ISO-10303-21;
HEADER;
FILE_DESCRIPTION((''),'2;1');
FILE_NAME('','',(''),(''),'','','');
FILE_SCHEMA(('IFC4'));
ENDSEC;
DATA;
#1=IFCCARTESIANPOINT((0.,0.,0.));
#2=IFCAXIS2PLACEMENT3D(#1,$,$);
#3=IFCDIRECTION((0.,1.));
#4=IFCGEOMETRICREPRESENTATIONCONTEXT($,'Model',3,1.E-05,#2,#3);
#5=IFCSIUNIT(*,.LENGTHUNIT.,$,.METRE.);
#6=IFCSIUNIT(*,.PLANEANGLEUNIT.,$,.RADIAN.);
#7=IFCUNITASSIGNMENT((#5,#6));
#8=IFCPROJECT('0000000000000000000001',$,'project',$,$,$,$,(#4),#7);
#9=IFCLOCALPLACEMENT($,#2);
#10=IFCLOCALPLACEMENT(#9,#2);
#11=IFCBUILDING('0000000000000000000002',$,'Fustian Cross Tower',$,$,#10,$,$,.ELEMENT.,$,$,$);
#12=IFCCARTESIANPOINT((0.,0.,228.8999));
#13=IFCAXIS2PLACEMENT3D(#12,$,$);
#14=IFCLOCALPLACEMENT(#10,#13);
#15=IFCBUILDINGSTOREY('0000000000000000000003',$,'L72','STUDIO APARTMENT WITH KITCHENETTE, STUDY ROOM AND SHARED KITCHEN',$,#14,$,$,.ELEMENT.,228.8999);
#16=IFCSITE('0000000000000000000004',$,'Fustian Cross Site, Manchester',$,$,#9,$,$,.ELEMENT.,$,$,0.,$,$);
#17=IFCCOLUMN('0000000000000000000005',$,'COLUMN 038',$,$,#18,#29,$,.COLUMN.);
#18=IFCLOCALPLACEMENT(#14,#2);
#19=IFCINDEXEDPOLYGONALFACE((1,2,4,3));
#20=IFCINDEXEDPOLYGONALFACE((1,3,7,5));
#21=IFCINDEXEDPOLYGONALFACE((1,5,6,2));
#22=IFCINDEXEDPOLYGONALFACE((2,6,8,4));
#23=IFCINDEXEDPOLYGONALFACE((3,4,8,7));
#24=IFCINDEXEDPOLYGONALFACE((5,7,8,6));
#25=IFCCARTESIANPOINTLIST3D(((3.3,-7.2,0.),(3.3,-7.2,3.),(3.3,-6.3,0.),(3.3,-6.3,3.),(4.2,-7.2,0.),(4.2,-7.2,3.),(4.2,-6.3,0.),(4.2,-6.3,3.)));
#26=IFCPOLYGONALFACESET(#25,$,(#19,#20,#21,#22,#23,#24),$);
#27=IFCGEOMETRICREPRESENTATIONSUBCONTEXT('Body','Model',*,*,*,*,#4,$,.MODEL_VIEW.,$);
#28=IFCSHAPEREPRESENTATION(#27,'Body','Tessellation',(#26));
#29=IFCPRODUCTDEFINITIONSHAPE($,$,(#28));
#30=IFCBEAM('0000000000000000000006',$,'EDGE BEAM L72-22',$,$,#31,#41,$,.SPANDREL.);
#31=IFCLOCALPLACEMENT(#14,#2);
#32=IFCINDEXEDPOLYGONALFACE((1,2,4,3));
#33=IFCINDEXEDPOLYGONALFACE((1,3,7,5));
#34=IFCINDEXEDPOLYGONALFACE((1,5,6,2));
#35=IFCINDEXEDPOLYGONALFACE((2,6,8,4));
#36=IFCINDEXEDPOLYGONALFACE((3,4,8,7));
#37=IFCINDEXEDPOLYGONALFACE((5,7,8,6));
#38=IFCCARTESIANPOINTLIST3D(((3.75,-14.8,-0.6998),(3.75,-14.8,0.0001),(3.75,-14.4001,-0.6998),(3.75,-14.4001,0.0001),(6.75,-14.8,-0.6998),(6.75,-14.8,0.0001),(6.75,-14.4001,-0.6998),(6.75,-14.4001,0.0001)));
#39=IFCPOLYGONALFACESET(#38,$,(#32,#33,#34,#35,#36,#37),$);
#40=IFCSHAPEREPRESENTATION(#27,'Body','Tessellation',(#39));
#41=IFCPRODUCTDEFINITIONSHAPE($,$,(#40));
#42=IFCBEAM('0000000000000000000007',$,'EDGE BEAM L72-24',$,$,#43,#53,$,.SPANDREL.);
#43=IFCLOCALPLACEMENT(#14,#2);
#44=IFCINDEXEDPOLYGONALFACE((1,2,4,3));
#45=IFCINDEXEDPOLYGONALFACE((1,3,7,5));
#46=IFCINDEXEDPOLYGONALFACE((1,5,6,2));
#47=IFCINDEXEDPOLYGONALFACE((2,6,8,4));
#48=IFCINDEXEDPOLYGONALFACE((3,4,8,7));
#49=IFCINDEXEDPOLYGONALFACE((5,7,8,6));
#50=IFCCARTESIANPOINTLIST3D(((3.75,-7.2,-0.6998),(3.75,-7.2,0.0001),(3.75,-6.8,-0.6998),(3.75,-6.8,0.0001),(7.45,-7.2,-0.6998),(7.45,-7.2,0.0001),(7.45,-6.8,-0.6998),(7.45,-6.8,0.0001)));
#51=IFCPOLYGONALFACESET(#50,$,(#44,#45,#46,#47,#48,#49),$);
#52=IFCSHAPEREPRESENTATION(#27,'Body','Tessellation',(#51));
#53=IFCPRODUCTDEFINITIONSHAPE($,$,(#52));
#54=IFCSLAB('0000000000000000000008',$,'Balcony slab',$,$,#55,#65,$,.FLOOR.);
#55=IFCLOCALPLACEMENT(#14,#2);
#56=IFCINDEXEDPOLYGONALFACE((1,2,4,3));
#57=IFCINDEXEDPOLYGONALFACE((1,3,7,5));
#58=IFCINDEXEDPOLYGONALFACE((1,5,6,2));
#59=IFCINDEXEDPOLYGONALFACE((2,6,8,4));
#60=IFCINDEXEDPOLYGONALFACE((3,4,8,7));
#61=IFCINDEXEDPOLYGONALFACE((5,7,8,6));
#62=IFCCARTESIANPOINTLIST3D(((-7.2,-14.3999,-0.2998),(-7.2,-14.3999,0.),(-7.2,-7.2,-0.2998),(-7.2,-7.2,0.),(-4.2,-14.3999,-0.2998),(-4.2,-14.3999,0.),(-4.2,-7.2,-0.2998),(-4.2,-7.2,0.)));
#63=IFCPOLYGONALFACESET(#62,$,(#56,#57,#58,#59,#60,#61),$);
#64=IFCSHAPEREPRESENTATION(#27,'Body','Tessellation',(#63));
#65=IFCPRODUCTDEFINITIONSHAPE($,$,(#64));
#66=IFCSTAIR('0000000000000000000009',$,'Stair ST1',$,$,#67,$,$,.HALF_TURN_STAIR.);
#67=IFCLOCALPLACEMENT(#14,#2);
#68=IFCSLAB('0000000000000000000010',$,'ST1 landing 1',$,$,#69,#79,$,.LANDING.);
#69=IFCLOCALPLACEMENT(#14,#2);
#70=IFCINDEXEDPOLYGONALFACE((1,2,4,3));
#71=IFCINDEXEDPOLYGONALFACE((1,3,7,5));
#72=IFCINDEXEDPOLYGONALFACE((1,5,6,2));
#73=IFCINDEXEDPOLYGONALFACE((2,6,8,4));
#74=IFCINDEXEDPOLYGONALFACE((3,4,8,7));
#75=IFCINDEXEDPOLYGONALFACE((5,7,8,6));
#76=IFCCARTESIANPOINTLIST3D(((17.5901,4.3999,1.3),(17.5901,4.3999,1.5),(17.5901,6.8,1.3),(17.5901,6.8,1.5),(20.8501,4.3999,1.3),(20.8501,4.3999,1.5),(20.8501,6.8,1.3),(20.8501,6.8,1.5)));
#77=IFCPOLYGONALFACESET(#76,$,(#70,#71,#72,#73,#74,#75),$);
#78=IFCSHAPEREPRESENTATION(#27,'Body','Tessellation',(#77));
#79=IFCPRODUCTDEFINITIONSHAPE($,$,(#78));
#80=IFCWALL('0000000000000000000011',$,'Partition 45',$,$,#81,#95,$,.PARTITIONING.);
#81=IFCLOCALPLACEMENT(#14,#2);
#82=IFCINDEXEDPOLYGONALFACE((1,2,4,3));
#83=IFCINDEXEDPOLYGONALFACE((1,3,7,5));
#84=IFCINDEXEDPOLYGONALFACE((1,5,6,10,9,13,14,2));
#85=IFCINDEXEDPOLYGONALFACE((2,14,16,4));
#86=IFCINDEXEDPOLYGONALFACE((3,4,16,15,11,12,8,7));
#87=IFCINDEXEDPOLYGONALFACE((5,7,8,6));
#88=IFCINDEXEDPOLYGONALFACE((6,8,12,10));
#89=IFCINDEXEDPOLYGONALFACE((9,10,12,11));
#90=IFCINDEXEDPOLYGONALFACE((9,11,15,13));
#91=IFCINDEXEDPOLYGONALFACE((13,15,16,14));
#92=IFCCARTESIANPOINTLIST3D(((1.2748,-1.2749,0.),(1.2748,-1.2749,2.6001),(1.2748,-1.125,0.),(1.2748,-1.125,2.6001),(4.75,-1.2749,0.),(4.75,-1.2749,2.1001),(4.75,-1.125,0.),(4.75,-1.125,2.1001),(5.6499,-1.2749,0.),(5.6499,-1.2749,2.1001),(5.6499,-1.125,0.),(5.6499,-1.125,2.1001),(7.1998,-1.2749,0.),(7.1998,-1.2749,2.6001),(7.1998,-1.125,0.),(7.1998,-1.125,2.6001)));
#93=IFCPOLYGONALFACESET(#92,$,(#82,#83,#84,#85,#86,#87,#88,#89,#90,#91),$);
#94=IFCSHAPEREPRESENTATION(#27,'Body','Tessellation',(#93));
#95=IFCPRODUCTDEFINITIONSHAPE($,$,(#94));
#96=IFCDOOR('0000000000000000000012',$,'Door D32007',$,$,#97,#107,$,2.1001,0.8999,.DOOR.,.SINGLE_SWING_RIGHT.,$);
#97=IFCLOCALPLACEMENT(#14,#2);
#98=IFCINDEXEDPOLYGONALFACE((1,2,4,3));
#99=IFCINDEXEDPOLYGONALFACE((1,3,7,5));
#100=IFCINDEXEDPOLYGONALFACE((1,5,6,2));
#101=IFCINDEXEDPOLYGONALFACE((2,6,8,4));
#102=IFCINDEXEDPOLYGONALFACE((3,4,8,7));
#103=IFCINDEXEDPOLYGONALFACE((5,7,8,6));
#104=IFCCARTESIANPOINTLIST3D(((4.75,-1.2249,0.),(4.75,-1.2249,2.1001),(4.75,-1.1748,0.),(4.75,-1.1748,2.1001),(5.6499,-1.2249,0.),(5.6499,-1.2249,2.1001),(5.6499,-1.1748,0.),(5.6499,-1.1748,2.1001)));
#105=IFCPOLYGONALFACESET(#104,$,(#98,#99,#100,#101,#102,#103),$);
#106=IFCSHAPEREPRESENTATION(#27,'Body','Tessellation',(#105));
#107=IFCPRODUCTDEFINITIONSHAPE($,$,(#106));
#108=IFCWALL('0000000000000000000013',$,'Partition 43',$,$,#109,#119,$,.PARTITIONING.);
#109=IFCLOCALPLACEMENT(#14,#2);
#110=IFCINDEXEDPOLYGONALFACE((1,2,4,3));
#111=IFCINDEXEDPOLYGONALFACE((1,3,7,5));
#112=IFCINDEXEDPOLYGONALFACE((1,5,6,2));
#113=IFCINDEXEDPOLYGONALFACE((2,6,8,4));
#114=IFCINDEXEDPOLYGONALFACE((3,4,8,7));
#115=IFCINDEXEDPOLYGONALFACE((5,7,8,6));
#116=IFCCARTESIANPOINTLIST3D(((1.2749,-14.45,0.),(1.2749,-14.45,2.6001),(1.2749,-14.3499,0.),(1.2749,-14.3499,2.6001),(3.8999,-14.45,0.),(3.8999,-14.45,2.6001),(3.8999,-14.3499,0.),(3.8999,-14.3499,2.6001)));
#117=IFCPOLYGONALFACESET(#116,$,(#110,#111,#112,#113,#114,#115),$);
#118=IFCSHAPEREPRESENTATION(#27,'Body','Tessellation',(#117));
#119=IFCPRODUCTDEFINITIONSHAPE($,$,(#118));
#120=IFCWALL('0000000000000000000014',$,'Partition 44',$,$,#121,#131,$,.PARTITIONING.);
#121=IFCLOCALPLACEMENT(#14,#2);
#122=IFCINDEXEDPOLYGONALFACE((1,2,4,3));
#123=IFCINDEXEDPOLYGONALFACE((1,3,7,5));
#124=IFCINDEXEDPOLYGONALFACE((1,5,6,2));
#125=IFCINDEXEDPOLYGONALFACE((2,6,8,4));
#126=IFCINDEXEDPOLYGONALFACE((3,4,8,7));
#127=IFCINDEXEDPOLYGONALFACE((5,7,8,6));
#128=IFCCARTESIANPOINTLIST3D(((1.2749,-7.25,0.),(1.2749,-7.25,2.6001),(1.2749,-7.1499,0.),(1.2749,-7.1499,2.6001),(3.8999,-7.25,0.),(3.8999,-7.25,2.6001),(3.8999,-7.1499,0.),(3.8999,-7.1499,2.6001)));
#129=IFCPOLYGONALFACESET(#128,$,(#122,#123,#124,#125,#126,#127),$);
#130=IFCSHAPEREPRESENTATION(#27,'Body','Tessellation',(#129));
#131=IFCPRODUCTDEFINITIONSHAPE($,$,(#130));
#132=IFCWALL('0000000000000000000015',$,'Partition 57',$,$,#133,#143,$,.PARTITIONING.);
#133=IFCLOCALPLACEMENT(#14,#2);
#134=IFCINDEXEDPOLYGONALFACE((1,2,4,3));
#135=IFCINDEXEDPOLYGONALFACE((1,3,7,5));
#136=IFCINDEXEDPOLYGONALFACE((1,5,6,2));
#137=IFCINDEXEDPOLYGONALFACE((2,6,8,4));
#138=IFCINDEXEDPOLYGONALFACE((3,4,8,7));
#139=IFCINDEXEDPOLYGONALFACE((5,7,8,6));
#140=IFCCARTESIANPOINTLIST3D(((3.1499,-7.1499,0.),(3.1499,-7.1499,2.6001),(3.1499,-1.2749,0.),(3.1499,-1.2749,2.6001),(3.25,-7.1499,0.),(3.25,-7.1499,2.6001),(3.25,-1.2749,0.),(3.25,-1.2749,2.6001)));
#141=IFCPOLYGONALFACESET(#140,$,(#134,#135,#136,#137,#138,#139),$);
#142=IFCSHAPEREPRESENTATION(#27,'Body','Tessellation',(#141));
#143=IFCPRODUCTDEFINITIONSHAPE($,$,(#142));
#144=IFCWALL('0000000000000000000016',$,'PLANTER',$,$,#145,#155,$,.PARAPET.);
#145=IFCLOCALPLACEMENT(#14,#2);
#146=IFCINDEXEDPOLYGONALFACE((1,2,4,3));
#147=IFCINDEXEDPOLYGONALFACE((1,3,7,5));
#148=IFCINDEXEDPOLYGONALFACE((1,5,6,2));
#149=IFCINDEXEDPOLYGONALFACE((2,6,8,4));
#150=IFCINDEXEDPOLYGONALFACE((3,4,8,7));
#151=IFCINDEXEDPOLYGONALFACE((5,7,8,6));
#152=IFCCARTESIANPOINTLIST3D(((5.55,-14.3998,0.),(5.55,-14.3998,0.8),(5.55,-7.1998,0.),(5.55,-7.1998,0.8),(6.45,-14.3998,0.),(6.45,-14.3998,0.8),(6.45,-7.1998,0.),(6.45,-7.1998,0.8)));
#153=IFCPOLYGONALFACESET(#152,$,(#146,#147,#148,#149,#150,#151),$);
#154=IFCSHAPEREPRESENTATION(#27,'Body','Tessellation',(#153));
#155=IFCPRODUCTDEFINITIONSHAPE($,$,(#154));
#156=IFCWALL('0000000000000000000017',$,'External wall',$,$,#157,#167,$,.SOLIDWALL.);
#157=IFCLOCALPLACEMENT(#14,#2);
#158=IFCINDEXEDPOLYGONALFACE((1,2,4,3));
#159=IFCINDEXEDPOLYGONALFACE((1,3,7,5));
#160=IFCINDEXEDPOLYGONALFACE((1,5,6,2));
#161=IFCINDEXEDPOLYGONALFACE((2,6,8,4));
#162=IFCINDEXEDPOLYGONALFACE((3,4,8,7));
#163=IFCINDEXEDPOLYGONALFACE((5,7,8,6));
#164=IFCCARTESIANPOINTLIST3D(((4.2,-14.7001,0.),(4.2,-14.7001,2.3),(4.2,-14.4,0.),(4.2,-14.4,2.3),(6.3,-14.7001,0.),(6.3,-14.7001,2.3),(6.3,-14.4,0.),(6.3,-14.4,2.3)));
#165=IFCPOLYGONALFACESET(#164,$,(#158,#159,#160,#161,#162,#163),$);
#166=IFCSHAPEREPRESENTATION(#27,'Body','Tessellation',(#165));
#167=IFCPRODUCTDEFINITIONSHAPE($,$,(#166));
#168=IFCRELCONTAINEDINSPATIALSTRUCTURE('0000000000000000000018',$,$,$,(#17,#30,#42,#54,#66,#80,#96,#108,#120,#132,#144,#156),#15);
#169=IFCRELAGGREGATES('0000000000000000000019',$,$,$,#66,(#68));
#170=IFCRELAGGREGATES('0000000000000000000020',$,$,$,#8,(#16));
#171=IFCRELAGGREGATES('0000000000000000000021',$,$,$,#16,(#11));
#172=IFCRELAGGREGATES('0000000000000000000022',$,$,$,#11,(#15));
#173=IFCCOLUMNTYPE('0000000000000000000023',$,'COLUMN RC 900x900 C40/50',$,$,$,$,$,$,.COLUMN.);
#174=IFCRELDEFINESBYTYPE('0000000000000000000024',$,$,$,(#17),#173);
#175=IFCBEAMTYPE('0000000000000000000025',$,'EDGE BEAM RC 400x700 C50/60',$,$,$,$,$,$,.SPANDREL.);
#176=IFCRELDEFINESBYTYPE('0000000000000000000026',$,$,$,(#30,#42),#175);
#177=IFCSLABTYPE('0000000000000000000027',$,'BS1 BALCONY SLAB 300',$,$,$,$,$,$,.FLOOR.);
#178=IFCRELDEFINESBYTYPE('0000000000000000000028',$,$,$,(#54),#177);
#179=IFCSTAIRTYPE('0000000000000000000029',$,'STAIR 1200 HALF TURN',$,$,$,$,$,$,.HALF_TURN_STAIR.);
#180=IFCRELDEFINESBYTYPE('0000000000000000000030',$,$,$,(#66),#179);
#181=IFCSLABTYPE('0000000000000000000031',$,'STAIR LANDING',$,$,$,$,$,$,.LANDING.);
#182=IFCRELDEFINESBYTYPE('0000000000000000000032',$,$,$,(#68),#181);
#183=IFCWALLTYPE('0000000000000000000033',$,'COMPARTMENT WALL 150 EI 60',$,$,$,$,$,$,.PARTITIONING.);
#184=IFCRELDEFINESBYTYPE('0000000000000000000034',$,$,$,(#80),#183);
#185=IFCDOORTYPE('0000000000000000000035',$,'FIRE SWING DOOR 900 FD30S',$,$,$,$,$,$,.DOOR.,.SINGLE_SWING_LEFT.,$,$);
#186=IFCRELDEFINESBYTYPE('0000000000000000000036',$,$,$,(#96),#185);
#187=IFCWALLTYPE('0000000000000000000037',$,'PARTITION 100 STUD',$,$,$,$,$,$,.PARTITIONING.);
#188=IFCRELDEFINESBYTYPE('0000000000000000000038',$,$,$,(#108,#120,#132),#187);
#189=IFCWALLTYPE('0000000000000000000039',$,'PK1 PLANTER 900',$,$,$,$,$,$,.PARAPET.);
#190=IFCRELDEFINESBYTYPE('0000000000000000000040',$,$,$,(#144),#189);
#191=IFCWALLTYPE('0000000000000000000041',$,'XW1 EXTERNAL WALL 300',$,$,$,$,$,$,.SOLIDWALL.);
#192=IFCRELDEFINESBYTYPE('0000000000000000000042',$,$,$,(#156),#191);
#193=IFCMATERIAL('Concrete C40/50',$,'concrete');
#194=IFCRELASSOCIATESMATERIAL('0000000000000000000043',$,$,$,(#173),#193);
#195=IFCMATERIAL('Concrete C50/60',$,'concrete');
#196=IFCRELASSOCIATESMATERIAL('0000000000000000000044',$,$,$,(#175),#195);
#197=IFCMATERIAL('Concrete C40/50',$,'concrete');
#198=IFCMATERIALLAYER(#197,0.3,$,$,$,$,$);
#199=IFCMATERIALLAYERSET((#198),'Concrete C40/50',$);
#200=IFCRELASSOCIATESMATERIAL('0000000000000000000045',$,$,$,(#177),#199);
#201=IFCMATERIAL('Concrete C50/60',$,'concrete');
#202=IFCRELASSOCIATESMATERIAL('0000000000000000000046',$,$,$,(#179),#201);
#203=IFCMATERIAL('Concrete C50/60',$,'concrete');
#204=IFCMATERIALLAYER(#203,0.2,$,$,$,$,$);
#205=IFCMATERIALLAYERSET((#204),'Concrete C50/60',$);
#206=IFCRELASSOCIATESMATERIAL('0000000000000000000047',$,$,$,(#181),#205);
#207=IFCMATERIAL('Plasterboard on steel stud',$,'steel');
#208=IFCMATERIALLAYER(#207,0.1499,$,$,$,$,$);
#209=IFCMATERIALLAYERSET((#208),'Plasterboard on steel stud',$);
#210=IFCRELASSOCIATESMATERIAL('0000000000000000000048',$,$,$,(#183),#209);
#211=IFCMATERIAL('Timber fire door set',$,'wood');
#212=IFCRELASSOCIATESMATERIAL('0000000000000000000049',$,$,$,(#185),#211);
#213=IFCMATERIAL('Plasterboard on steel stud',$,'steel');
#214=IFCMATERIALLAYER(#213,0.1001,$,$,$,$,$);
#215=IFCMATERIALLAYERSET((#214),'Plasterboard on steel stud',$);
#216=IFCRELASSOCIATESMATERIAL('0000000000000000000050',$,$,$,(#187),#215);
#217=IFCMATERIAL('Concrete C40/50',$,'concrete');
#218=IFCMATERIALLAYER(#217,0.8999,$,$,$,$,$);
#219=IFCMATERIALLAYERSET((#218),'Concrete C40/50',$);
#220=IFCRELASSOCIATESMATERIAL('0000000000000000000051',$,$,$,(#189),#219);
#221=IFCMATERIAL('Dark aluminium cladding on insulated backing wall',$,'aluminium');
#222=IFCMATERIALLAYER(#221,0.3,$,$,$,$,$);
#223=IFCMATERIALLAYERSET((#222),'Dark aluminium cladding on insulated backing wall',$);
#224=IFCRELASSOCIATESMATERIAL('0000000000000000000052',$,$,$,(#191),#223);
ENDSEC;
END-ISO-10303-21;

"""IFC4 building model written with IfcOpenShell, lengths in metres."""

from ifc_helpers import new_model, si_unit, direction, frame, frame_2d, origin, origin_2d, place, context, subcontext, project, spatial, polyline, rectangle, outline, extrude, material, layer, layer_set, material_profile, profile_set, type_object, element, fill, aggregate, save


model = new_model("IFC4")

# Units and contexts
model_context = context("Model", 3, precision=1e-05, world=origin(), true_north=direction((0.0, 1.0)))
body_context = subcontext(model_context, "Body", "Model", "MODEL_VIEW")
ifc_project = project(units=[si_unit("LENGTHUNIT", "METRE"), si_unit("PLANEANGLEUNIT", "RADIAN")], contexts=[model_context])

# Site, building, storey
site_placement = place(None, origin())
site = spatial("IfcSite", under=ifc_project, at=site_placement, Name="Fustian Cross Site, Manchester", CompositionType="ELEMENT", RefElevation=0.0)
building_placement = place(site_placement, origin())
building = spatial("IfcBuilding", under=site, at=building_placement, Name="Fustian Cross Tower", CompositionType="ELEMENT")
storey_placement = place(building_placement, frame((0.0, 0.0, 228.8999)))
storey = spatial("IfcBuildingStorey", under=building, at=storey_placement, Name="L72", Description="STUDIO APARTMENT WITH KITCHENETTE, STUDY ROOM AND SHARED KITCHEN", CompositionType="ELEMENT", Elevation=228.8999)

# Column
ifc_material_1 = material(Name="Concrete C40/50", Category="concrete")
ifc_material_profile_1 = material_profile(ifc_material_1, rectangle(XDim=0.8999, YDim=0.8999, at=origin_2d()), Name="RC 900x900")
ifc_profile_set_1 = profile_set([ifc_material_profile_1], Name="Concrete C40/50")
column_type = type_object("IfcColumnType", Name="COLUMN RC 900x900 C40/50", PredefinedType="COLUMN", material=ifc_profile_set_1)
column_placement = place(storey_placement, frame((3.75, -6.75, 0.0), z_axis=(0.0, 0.0, 1.0), x_axis=(1.0, 0.0, 0.0)))
element("IfcColumn", 1, at=column_placement, inside=storey, type_object=column_type, Name="COLUMN 038", PredefinedType="COLUMN", context=body_context, shape_type="SweptSolid", body=[
    extrude(rectangle(XDim=0.8999, YDim=0.8999, at=origin_2d()), origin(), (0.0, 0.0, 1.0), 3.0),
])

# Beams
ifc_material_2 = material(Name="Concrete C50/60", Category="concrete")
ifc_material_profile_2 = material_profile(ifc_material_2, rectangle(XDim=0.3999, YDim=0.7, at=origin_2d()), Name="RC 400x700")
ifc_profile_set_2 = profile_set([ifc_material_profile_2], Name="Concrete C50/60")
beam_type = type_object("IfcBeamType", Name="EDGE BEAM RC 400x700 C50/60", PredefinedType="SPANDREL", material=ifc_profile_set_2)
beam_1_placement = place(storey_placement, frame((6.75, -14.6001, -0.3499), z_axis=(-1.0, 0.0, 0.0), x_axis=(0.0, -1.0, 0.0)))
element("IfcBeam", 2, at=beam_1_placement, inside=storey, type_object=beam_type, Name="EDGE BEAM L72-22", PredefinedType="SPANDREL", context=body_context, shape_type="SweptSolid", body=[
    extrude(rectangle(XDim=0.3999, YDim=0.7, at=origin_2d()), origin(), (0.0, 0.0, 1.0), 3.0),
])
beam_2_placement = place(storey_placement, frame((3.75, -7.0, -0.3499), z_axis=(1.0, 0.0, 0.0), x_axis=(0.0, 1.0, 0.0)))
element("IfcBeam", 3, at=beam_2_placement, inside=storey, type_object=beam_type, Name="EDGE BEAM L72-24", PredefinedType="SPANDREL", context=body_context, shape_type="SweptSolid", body=[
    extrude(rectangle(XDim=0.3999, YDim=0.7, at=origin_2d()), origin(), (0.0, 0.0, 1.0), 3.7),
])

# Slab
ifc_material_3 = material(Name="Concrete C40/50", Category="concrete")
ifc_layer_1 = layer(ifc_material_3, 0.3)
ifc_layer_set_1 = layer_set([ifc_layer_1], Name="Concrete C40/50")
slab_type_1 = type_object("IfcSlabType", Name="BS1 BALCONY SLAB 300", PredefinedType="FLOOR", material=ifc_layer_set_1)
slab_1_placement = place(storey_placement, frame((0.0, 0.0, -0.2998)))
element("IfcSlab", 4, at=slab_1_placement, inside=storey, type_object=slab_type_1, Name="Balcony slab", PredefinedType="FLOOR", context=body_context, shape_type="SweptSolid", body=[
    extrude(outline(polyline([(-7.2, -14.3999), (-4.2, -14.3999), (-4.2, -7.2), (-7.2, -7.2), (-7.2, -14.3999)])), origin(), (0.0, 0.0, 1.0), 0.2998),
])

# Stair, slab
ifc_material_4 = material(Name="Concrete C50/60", Category="concrete")
stair_type = type_object("IfcStairType", Name="STAIR 1200 HALF TURN", PredefinedType="HALF_TURN_STAIR", material=ifc_material_4)
stair_placement = place(storey_placement, origin())
stair = element("IfcStair", 5, at=stair_placement, inside=storey, type_object=stair_type, Name="Stair ST1", PredefinedType="HALF_TURN_STAIR")
ifc_material_5 = material(Name="Concrete C50/60", Category="concrete")
ifc_layer_2 = layer(ifc_material_5, 0.2)
ifc_layer_set_2 = layer_set([ifc_layer_2], Name="Concrete C50/60")
slab_type_2 = type_object("IfcSlabType", Name="STAIR LANDING", PredefinedType="LANDING", material=ifc_layer_set_2)
slab_2_placement = place(storey_placement, frame((0.0, 0.0, 1.3)))
slab_2 = element("IfcSlab", 6, at=slab_2_placement, type_object=slab_type_2, Name="ST1 landing 1", PredefinedType="LANDING", context=body_context, shape_type="SweptSolid", body=[
    extrude(outline(polyline([(17.5901, 4.3999), (20.8501, 4.3999), (20.8501, 6.8), (17.5901, 6.8), (17.5901, 4.3999)])), origin(), (0.0, 0.0, 1.0), 0.2),
])
aggregate(stair, [slab_2])

# Wall, opening, door
ifc_material_6 = material(Name="Plasterboard on steel stud", Category="steel")
ifc_layer_3 = layer(ifc_material_6, 0.1499)
ifc_layer_set_3 = layer_set([ifc_layer_3], Name="Plasterboard on steel stud")
wall_type_1 = type_object("IfcWallType", Name="COMPARTMENT WALL 150 EI 60", PredefinedType="PARTITIONING", material=ifc_layer_set_3)
wall_1_placement = place(storey_placement, frame((1.2749, -1.2, 0.0), z_axis=(0.0, 0.0, 1.0), x_axis=(1.0, 0.0, 0.0)))
wall_1 = element("IfcWall", 7, at=wall_1_placement, inside=storey, type_object=wall_type_1, Name="Partition 45", PredefinedType="PARTITIONING", context=body_context, shape_type="SweptSolid", body=[
    extrude(rectangle(XDim=5.925, YDim=0.1499, at=frame_2d((2.9624, 0.0))), origin(), (0.0, 0.0, 1.0), 2.6001),
])
opening_1_placement = place(wall_1_placement, frame((3.4751, 0.0, 0.0)))
opening_1 = element("IfcOpeningElement", 8, at=opening_1_placement, cuts=wall_1, PredefinedType="OPENING", context=body_context, shape_type="SweptSolid", body=[
    extrude(rectangle(XDim=0.8999, YDim=2.1001, at=frame_2d((0.45, 1.05))), frame((0.0, 0.085, 0.0), z_axis=(0.0, -1.0, 0.0), x_axis=(1.0, 0.0, 0.0)), (0.0, 0.0, 1.0), 0.1699),
])
ifc_material_7 = material(Name="Timber fire door set", Category="wood")
door_type_1 = type_object("IfcDoorType", Name="FIRE SWING DOOR 900 FD30S", OperationType="SINGLE_SWING_LEFT", PredefinedType="DOOR", material=ifc_material_7)
door_1_placement = place(opening_1_placement, frame((0.8999, 0.0, 0.0), z_axis=(0.0, 0.0, 1.0), x_axis=(-1.0, 0.0, 0.0)))
door_1 = element("IfcDoor", 9, at=door_1_placement, inside=storey, type_object=door_type_1, Name="Door D32007", OperationType="SINGLE_SWING_RIGHT", OverallHeight=2.1001, OverallWidth=0.8999, PredefinedType="DOOR", context=body_context, shape_type="SweptSolid", body=[
    extrude(rectangle(XDim=0.8999, YDim=2.1001, at=frame_2d((0.45, 1.05))), frame((0.0, 0.0249, 0.0), z_axis=(0.0, -1.0, 0.0), x_axis=(1.0, 0.0, 0.0)), (0.0, 0.0, 1.0), 0.05),
])
fill(opening_1, door_1)

# Walls
ifc_material_8 = material(Name="Plasterboard on steel stud", Category="steel")
ifc_layer_4 = layer(ifc_material_8, 0.1001)
ifc_layer_set_4 = layer_set([ifc_layer_4], Name="Plasterboard on steel stud")
wall_type_2 = type_object("IfcWallType", Name="PARTITION 100 STUD", PredefinedType="PARTITIONING", material=ifc_layer_set_4)
for number, where, z_axis, x_axis, name in (
    (10, (1.2749, -14.3999, 0.0), (0.0, 0.0, 1.0), (1.0, 0.0, 0.0), "Partition 43"),
    (11, (1.2749, -7.2, 0.0), (0.0, 0.0, 1.0), (1.0, 0.0, 0.0), "Partition 44"),
):
    element("IfcWall", number, at=place(storey_placement, frame(where, z_axis=z_axis, x_axis=x_axis)), inside=storey, type_object=wall_type_2, Name=name, PredefinedType="PARTITIONING", context=body_context, shape_type="SweptSolid", body=[
        extrude(rectangle(XDim=2.625, YDim=0.1001, at=frame_2d((1.3125, 0.0))), origin(), (0.0, 0.0, 1.0), 2.6001),
    ])
wall_2_placement = place(storey_placement, frame((3.2, -7.1499, 0.0), z_axis=(0.0, 0.0, 1.0), x_axis=(0.0, 1.0, 0.0)))
element("IfcWall", 12, at=wall_2_placement, inside=storey, type_object=wall_type_2, Name="Partition 57", PredefinedType="PARTITIONING", context=body_context, shape_type="SweptSolid", body=[
    extrude(rectangle(XDim=5.875, YDim=0.1001, at=frame_2d((2.9375, 0.0))), origin(), (0.0, 0.0, 1.0), 2.6001),
])
ifc_material_9 = material(Name="Concrete C40/50", Category="concrete")
ifc_layer_5 = layer(ifc_material_9, 0.8999)
ifc_layer_set_5 = layer_set([ifc_layer_5], Name="Concrete C40/50")
wall_type_3 = type_object("IfcWallType", Name="PK1 PLANTER 900", PredefinedType="PARAPET", material=ifc_layer_set_5)
wall_3_placement = place(storey_placement, frame((6.0, -14.3999, 0.0), z_axis=(0.0, 0.0, 1.0), x_axis=(0.0, 1.0, 0.0)))
element("IfcWall", 13, at=wall_3_placement, inside=storey, type_object=wall_type_3, Name="PLANTER", PredefinedType="PARAPET", context=body_context, shape_type="SweptSolid", body=[
    extrude(rectangle(XDim=7.2, YDim=0.8999, at=frame_2d((3.6001, 0.0))), origin(), (0.0, 0.0, 1.0), 0.8),
])
ifc_material_10 = material(Name="Dark aluminium cladding on insulated backing wall", Category="aluminium")
ifc_layer_6 = layer(ifc_material_10, 0.3)
ifc_layer_set_6 = layer_set([ifc_layer_6], Name="Dark aluminium cladding on insulated backing wall")
wall_type_4 = type_object("IfcWallType", Name="XW1 EXTERNAL WALL 300", PredefinedType="SOLIDWALL", material=ifc_layer_set_6)
wall_4_placement = place(storey_placement, frame((6.3, -14.55, 0.0), z_axis=(0.0, 0.0, 1.0), x_axis=(-1.0, 0.0, 0.0)))
element("IfcWall", 14, at=wall_4_placement, inside=storey, type_object=wall_type_4, Name="External wall", PredefinedType="SOLIDWALL", context=body_context, shape_type="SweptSolid", body=[
    extrude(rectangle(XDim=2.1001, YDim=0.3, at=frame_2d((1.05, 0.0))), origin(), (0.0, 0.0, 1.0), 2.3),
])

save(model, "model.ifc")
